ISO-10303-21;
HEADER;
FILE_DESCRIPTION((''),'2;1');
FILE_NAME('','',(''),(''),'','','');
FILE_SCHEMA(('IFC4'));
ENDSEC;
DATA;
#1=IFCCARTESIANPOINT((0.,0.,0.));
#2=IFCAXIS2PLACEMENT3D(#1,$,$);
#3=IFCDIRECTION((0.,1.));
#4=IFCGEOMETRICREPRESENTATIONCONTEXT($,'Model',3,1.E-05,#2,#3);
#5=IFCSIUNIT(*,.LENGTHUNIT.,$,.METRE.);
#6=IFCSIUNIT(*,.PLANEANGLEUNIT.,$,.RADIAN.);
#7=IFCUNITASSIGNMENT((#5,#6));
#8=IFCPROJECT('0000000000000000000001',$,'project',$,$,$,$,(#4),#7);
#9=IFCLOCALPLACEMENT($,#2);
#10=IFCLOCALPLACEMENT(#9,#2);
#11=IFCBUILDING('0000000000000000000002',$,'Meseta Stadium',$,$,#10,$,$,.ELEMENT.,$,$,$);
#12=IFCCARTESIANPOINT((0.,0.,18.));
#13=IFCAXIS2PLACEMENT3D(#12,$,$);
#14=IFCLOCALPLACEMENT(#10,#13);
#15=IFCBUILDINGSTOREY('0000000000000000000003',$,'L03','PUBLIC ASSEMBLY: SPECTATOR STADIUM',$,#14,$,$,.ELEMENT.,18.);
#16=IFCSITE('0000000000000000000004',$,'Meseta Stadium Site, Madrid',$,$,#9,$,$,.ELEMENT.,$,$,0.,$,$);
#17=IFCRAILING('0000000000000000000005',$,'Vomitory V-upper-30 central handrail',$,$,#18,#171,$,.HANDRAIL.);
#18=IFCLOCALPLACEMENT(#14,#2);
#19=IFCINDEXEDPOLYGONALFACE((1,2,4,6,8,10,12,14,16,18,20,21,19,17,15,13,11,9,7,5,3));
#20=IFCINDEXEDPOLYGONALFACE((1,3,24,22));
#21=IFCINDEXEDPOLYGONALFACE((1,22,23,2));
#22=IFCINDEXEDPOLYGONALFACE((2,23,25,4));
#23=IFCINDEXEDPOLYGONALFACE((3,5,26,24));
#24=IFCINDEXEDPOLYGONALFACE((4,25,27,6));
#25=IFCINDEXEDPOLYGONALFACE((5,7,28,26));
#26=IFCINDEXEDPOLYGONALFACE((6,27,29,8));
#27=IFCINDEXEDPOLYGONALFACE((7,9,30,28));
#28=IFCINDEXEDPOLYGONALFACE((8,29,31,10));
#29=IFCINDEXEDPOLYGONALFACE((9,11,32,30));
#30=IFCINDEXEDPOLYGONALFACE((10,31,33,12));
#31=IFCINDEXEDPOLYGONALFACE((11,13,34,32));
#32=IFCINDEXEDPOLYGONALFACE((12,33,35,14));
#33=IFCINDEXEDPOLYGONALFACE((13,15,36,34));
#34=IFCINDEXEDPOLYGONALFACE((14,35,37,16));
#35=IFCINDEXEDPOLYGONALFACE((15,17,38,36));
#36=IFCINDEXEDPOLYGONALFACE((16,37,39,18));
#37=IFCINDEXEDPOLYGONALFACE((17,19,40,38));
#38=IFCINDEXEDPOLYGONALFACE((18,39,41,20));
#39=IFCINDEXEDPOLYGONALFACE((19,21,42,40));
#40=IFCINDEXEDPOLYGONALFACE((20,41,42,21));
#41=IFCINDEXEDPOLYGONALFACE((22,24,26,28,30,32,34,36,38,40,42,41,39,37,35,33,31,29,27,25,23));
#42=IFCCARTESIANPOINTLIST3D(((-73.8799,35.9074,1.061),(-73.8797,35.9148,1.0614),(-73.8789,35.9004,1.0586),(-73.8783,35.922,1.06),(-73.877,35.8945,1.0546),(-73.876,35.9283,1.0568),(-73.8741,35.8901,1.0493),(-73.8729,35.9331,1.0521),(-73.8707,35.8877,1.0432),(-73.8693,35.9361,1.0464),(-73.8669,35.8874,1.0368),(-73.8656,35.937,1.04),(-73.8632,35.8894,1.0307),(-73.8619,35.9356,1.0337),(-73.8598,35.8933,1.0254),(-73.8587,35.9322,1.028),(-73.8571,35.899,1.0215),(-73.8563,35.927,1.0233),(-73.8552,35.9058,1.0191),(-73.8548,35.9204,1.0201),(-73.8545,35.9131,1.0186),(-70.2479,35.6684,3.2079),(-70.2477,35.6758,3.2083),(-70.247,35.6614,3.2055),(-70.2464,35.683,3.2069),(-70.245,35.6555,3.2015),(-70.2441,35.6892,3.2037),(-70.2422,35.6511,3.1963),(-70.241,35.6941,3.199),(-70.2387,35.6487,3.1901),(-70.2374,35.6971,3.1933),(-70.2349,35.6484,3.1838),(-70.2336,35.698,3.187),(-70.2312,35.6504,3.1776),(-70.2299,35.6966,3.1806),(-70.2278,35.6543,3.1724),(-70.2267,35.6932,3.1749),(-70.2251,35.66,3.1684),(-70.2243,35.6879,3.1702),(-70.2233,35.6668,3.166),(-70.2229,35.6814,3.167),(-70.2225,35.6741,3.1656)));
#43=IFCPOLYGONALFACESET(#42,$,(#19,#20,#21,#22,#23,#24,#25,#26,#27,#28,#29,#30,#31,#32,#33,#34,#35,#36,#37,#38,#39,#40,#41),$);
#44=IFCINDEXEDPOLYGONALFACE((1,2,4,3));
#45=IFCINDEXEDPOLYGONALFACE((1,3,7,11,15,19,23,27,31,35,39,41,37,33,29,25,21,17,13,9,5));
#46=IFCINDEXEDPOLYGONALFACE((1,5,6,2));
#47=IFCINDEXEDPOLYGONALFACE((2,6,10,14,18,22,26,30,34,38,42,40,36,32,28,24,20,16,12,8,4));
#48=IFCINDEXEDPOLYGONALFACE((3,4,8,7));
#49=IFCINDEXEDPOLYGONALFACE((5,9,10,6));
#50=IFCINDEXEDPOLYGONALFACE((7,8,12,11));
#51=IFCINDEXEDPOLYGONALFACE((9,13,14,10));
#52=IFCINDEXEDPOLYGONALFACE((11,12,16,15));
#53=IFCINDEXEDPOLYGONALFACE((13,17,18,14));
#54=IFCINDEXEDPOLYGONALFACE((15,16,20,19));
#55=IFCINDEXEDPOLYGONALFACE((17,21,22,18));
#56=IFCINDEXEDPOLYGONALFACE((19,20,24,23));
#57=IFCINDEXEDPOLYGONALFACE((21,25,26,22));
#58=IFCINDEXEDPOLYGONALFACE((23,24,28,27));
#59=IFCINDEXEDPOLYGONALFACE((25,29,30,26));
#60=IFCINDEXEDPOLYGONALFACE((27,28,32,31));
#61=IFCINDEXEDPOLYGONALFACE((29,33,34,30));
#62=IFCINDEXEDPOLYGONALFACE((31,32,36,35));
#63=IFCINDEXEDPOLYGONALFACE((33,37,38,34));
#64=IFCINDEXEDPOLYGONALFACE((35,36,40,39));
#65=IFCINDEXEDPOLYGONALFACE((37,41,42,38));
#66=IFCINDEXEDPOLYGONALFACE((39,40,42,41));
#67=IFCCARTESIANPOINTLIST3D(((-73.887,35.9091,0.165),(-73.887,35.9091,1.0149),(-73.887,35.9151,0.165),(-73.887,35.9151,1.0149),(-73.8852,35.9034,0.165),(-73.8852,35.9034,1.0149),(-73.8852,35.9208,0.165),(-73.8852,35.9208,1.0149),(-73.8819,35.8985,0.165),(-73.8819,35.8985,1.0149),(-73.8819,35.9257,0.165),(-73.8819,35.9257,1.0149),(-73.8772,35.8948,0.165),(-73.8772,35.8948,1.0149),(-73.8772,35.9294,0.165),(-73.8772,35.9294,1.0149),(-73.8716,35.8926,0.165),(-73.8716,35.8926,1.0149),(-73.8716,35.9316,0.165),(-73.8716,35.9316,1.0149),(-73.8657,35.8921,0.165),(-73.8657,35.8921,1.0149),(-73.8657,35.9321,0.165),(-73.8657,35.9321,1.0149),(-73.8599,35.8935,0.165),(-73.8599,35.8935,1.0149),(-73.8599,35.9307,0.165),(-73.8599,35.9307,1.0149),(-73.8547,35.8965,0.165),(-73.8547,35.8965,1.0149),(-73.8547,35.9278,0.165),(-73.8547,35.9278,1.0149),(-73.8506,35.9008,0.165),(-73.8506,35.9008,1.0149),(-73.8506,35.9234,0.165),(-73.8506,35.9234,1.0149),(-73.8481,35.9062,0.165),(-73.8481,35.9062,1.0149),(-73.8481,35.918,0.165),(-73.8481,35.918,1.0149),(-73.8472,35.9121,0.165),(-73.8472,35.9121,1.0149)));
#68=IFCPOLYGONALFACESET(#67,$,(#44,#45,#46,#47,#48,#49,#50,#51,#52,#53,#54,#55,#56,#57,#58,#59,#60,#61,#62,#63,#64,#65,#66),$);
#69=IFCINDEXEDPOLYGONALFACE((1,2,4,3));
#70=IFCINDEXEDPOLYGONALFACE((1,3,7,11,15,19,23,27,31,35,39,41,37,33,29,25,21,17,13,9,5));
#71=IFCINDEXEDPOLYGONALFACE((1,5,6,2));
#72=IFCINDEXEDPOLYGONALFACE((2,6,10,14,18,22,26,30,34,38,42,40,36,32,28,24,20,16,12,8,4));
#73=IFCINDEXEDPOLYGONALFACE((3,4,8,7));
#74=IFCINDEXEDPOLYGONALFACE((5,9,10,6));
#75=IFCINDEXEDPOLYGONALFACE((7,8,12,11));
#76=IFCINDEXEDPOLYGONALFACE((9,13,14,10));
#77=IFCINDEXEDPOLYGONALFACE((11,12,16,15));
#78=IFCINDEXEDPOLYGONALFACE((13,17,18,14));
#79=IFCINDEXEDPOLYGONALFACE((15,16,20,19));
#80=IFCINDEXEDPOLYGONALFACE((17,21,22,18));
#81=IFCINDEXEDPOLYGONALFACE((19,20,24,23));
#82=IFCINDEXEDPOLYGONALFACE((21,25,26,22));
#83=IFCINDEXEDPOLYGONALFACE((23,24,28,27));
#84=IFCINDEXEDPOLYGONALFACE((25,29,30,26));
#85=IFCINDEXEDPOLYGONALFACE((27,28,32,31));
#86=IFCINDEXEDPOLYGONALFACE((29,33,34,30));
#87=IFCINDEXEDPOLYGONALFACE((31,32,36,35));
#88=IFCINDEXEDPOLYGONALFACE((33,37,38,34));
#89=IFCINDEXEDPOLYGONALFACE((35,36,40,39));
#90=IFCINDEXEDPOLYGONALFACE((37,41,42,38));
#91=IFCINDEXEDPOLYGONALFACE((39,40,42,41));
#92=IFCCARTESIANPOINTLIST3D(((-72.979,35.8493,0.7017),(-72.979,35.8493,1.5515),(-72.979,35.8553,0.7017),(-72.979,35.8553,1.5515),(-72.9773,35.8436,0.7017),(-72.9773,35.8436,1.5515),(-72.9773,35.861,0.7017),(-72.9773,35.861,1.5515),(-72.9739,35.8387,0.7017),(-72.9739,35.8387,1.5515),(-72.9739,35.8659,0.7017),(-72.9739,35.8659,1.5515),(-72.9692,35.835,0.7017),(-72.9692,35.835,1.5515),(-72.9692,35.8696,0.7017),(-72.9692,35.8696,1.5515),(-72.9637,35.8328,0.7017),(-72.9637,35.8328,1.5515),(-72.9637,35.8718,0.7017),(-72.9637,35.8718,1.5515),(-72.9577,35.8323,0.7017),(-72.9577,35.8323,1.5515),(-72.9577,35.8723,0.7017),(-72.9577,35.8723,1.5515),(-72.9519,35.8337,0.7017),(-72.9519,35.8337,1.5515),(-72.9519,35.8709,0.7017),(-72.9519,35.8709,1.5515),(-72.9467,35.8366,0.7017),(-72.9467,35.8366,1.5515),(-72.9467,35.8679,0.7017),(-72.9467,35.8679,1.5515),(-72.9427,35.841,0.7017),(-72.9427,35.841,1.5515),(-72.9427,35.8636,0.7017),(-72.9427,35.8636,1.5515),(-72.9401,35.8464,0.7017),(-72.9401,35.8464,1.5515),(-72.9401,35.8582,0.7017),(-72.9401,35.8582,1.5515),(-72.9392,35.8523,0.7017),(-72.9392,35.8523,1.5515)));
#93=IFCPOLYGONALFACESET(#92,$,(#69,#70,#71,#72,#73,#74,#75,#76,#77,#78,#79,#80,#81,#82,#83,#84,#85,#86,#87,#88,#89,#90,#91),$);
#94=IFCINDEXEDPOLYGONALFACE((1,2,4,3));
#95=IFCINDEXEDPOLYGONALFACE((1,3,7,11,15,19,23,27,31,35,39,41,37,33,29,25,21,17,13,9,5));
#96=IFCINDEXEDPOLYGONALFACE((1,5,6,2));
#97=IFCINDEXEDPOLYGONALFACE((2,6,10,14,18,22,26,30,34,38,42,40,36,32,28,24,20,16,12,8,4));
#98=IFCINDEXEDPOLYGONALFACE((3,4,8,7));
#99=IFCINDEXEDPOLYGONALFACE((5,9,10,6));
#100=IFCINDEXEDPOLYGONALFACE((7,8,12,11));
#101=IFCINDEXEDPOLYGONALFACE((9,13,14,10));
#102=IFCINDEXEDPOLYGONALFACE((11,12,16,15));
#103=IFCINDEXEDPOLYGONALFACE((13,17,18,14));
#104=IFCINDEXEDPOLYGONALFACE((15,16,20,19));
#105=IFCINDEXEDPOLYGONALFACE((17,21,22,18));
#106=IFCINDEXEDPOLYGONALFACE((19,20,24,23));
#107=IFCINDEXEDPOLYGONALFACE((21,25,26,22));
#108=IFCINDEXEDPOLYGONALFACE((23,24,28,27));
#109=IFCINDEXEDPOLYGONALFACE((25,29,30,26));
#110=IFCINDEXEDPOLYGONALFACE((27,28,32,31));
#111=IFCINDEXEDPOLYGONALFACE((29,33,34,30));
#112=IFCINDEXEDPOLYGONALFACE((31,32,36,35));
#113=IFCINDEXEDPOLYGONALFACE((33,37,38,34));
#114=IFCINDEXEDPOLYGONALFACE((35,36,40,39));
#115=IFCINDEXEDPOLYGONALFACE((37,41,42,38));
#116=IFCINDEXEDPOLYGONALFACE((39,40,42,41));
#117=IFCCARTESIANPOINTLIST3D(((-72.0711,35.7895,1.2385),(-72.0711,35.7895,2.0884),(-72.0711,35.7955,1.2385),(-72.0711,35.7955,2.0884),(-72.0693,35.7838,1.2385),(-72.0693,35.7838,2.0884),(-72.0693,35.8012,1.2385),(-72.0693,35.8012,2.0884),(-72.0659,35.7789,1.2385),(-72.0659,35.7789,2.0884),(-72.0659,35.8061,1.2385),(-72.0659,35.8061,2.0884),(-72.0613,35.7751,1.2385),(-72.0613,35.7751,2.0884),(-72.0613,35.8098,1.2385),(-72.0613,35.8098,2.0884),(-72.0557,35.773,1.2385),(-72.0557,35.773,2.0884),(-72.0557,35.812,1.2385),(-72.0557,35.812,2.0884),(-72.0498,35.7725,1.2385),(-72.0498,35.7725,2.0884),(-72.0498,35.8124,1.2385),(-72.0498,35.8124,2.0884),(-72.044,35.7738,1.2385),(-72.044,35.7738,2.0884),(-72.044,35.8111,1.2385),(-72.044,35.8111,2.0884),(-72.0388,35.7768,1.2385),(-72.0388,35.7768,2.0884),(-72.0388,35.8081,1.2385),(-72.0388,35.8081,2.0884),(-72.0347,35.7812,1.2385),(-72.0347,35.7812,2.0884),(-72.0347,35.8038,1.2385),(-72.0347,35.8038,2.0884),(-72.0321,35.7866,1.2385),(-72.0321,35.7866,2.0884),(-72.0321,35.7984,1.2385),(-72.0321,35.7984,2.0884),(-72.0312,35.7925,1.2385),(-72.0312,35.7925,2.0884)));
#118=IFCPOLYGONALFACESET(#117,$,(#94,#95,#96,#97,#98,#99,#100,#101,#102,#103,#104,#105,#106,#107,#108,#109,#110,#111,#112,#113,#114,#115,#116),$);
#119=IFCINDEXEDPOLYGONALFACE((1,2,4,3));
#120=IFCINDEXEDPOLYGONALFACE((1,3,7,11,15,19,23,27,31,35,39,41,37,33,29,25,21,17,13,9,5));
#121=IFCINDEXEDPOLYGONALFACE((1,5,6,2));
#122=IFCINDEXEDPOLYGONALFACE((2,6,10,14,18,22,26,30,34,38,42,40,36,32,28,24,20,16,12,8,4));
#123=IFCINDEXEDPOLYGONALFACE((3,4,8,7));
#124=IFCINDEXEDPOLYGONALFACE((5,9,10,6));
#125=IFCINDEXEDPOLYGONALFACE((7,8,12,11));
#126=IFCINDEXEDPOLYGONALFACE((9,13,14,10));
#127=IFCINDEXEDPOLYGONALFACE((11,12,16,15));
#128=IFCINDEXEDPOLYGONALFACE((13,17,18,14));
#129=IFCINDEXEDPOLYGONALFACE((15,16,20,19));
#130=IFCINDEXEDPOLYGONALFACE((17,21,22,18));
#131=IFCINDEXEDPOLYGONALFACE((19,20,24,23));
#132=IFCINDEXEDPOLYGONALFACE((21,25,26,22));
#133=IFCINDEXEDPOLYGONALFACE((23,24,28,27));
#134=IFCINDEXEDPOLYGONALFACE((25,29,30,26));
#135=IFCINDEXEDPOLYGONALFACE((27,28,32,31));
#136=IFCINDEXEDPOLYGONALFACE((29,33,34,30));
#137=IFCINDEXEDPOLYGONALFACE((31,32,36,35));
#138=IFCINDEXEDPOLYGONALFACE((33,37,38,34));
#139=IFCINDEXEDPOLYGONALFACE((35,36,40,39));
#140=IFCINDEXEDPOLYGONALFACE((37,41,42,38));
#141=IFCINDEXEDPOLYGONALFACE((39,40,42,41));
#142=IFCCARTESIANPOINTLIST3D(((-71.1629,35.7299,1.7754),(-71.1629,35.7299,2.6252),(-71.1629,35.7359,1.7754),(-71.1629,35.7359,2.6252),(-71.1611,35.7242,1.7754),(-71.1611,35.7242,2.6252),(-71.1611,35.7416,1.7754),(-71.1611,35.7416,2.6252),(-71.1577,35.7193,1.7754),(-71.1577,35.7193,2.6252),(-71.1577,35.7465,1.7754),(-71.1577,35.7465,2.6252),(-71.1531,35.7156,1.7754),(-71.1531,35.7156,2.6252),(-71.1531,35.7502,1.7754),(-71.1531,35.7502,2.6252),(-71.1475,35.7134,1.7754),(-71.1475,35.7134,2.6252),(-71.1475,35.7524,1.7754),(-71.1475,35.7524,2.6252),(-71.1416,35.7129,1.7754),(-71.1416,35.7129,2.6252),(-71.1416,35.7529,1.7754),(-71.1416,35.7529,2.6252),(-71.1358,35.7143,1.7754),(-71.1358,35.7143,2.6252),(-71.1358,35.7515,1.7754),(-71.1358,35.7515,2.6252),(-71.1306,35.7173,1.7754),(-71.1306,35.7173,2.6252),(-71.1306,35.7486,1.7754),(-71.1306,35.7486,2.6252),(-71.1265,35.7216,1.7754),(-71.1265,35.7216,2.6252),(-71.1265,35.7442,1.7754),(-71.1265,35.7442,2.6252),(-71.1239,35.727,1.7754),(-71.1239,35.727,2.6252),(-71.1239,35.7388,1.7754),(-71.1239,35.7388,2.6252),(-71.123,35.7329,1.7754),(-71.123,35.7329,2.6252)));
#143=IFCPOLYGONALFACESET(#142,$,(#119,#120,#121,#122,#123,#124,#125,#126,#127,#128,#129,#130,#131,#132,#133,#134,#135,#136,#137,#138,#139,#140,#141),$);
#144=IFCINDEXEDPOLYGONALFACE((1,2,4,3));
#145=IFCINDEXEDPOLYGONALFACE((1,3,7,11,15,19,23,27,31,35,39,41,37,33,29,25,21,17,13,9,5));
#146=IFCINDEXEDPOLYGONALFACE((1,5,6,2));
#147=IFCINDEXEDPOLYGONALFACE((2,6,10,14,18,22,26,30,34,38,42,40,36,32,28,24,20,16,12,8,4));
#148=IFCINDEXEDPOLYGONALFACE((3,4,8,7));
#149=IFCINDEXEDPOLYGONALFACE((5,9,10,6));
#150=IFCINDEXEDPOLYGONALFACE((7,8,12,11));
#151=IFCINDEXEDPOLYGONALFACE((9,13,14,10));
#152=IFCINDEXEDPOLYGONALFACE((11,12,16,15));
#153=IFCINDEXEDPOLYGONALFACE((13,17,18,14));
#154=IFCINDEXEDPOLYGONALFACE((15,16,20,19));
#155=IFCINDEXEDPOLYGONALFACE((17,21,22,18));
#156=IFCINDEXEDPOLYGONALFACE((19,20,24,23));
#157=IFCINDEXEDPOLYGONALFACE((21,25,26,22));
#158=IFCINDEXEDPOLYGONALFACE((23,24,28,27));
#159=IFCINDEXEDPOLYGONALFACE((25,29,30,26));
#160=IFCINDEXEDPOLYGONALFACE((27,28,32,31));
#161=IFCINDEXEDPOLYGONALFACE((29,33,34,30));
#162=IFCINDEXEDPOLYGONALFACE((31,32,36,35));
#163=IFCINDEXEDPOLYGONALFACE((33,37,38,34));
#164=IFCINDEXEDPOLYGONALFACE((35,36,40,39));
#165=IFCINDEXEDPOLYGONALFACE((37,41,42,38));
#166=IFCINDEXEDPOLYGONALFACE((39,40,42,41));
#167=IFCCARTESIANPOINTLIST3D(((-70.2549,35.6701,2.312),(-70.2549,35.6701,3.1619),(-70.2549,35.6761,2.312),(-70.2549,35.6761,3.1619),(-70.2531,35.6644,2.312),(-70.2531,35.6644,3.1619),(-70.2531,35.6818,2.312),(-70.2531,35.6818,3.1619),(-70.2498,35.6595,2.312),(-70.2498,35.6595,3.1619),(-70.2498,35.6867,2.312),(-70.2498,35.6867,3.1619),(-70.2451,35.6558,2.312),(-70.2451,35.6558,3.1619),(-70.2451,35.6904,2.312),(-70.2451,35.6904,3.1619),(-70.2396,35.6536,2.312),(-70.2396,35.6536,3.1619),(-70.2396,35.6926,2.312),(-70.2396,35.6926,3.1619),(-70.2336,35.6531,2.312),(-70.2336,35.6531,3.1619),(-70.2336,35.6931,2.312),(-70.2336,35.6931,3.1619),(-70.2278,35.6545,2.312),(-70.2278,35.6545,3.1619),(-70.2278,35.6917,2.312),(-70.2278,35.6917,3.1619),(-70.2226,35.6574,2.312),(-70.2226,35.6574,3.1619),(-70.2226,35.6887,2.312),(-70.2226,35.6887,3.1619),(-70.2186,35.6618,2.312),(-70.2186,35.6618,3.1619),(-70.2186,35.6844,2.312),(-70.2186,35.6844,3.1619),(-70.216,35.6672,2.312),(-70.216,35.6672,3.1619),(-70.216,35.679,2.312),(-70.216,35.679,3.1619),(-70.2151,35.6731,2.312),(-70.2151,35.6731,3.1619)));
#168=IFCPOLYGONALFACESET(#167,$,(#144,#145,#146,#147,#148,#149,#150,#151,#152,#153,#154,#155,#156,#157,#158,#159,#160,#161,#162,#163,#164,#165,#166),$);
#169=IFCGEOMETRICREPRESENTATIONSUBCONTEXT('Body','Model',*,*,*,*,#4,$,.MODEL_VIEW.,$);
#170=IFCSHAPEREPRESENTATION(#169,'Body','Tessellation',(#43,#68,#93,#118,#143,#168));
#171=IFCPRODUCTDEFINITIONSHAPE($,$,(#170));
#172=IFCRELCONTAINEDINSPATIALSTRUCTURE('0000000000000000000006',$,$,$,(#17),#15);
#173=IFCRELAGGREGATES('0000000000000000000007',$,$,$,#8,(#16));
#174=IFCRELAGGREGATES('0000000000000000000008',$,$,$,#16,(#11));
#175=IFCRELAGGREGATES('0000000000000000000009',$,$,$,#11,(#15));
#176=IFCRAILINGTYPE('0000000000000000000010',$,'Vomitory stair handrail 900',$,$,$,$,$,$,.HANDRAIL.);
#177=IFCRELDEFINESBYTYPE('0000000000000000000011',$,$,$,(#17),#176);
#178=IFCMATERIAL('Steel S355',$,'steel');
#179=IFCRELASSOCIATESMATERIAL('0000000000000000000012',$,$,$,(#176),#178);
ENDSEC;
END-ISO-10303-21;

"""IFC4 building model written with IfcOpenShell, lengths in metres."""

from ifc_helpers import new_model, si_unit, direction, frame, origin, origin_2d, place, context, subcontext, project, spatial, circle, extrude, material, type_object, element, save


model = new_model("IFC4")

# Units and contexts
model_context = context("Model", 3, precision=1e-05, world=origin(), true_north=direction((0.0, 1.0)))
body_context = subcontext(model_context, "Body", "Model", "MODEL_VIEW")
ifc_project = project(units=[si_unit("LENGTHUNIT", "METRE"), si_unit("PLANEANGLEUNIT", "RADIAN")], contexts=[model_context])

# Site, building, storey
site_placement = place(None, origin())
site = spatial("IfcSite", under=ifc_project, at=site_placement, Name="Meseta Stadium Site, Madrid", CompositionType="ELEMENT", RefElevation=0.0)
building_placement = place(site_placement, origin())
building = spatial("IfcBuilding", under=site, at=building_placement, Name="Meseta Stadium", CompositionType="ELEMENT")
storey_placement = place(building_placement, frame((0.0, 0.0, 18.0)))
storey = spatial("IfcBuildingStorey", under=building, at=storey_placement, Name="L03", Description="PUBLIC ASSEMBLY: SPECTATOR STADIUM", CompositionType="ELEMENT", Elevation=18.0)

# Railing
ifc_material_1 = material(Name="Steel S355", Category="steel")
railing_type_1 = type_object("IfcRailingType", Name="Vomitory stair handrail 900", PredefinedType="HANDRAIL", material=ifc_material_1)
railing_1_placement = place(storey_placement, frame((-73.8672, 35.9121, 0.165)))
element("IfcRailing", 1, at=railing_1_placement, inside=storey, type_object=railing_type_1, Name="Vomitory V-upper-30 central handrail", PredefinedType="HANDRAIL", context=body_context, shape_type="SweptSolid", body=[
    extrude(circle(Radius=0.0249, at=origin_2d()), frame((0.0, 0.0, 0.875), z_axis=(0.859471, -0.056559, 0.508045), x_axis=(0.065664, 0.997842, 0.0)), (0.0, 0.0, 1.0), 4.2258),
    extrude(circle(Radius=0.02, at=origin_2d()), origin(), (0.0, 0.0, 1.0), 0.8499),
    extrude(circle(Radius=0.02, at=origin_2d()), frame((0.908, -0.0598, 0.5366)), (0.0, 0.0, 1.0), 0.8499),
    extrude(circle(Radius=0.02, at=origin_2d()), frame((1.8159, -0.1196, 1.0735)), (0.0, 0.0, 1.0), 0.8499),
    extrude(circle(Radius=0.02, at=origin_2d()), frame((2.7241, -0.1792, 1.6104)), (0.0, 0.0, 1.0), 0.8499),
    extrude(circle(Radius=0.02, at=origin_2d()), frame((3.6321, -0.239, 2.147)), (0.0, 0.0, 1.0), 0.8499),
])

save(model, "model.ifc")
